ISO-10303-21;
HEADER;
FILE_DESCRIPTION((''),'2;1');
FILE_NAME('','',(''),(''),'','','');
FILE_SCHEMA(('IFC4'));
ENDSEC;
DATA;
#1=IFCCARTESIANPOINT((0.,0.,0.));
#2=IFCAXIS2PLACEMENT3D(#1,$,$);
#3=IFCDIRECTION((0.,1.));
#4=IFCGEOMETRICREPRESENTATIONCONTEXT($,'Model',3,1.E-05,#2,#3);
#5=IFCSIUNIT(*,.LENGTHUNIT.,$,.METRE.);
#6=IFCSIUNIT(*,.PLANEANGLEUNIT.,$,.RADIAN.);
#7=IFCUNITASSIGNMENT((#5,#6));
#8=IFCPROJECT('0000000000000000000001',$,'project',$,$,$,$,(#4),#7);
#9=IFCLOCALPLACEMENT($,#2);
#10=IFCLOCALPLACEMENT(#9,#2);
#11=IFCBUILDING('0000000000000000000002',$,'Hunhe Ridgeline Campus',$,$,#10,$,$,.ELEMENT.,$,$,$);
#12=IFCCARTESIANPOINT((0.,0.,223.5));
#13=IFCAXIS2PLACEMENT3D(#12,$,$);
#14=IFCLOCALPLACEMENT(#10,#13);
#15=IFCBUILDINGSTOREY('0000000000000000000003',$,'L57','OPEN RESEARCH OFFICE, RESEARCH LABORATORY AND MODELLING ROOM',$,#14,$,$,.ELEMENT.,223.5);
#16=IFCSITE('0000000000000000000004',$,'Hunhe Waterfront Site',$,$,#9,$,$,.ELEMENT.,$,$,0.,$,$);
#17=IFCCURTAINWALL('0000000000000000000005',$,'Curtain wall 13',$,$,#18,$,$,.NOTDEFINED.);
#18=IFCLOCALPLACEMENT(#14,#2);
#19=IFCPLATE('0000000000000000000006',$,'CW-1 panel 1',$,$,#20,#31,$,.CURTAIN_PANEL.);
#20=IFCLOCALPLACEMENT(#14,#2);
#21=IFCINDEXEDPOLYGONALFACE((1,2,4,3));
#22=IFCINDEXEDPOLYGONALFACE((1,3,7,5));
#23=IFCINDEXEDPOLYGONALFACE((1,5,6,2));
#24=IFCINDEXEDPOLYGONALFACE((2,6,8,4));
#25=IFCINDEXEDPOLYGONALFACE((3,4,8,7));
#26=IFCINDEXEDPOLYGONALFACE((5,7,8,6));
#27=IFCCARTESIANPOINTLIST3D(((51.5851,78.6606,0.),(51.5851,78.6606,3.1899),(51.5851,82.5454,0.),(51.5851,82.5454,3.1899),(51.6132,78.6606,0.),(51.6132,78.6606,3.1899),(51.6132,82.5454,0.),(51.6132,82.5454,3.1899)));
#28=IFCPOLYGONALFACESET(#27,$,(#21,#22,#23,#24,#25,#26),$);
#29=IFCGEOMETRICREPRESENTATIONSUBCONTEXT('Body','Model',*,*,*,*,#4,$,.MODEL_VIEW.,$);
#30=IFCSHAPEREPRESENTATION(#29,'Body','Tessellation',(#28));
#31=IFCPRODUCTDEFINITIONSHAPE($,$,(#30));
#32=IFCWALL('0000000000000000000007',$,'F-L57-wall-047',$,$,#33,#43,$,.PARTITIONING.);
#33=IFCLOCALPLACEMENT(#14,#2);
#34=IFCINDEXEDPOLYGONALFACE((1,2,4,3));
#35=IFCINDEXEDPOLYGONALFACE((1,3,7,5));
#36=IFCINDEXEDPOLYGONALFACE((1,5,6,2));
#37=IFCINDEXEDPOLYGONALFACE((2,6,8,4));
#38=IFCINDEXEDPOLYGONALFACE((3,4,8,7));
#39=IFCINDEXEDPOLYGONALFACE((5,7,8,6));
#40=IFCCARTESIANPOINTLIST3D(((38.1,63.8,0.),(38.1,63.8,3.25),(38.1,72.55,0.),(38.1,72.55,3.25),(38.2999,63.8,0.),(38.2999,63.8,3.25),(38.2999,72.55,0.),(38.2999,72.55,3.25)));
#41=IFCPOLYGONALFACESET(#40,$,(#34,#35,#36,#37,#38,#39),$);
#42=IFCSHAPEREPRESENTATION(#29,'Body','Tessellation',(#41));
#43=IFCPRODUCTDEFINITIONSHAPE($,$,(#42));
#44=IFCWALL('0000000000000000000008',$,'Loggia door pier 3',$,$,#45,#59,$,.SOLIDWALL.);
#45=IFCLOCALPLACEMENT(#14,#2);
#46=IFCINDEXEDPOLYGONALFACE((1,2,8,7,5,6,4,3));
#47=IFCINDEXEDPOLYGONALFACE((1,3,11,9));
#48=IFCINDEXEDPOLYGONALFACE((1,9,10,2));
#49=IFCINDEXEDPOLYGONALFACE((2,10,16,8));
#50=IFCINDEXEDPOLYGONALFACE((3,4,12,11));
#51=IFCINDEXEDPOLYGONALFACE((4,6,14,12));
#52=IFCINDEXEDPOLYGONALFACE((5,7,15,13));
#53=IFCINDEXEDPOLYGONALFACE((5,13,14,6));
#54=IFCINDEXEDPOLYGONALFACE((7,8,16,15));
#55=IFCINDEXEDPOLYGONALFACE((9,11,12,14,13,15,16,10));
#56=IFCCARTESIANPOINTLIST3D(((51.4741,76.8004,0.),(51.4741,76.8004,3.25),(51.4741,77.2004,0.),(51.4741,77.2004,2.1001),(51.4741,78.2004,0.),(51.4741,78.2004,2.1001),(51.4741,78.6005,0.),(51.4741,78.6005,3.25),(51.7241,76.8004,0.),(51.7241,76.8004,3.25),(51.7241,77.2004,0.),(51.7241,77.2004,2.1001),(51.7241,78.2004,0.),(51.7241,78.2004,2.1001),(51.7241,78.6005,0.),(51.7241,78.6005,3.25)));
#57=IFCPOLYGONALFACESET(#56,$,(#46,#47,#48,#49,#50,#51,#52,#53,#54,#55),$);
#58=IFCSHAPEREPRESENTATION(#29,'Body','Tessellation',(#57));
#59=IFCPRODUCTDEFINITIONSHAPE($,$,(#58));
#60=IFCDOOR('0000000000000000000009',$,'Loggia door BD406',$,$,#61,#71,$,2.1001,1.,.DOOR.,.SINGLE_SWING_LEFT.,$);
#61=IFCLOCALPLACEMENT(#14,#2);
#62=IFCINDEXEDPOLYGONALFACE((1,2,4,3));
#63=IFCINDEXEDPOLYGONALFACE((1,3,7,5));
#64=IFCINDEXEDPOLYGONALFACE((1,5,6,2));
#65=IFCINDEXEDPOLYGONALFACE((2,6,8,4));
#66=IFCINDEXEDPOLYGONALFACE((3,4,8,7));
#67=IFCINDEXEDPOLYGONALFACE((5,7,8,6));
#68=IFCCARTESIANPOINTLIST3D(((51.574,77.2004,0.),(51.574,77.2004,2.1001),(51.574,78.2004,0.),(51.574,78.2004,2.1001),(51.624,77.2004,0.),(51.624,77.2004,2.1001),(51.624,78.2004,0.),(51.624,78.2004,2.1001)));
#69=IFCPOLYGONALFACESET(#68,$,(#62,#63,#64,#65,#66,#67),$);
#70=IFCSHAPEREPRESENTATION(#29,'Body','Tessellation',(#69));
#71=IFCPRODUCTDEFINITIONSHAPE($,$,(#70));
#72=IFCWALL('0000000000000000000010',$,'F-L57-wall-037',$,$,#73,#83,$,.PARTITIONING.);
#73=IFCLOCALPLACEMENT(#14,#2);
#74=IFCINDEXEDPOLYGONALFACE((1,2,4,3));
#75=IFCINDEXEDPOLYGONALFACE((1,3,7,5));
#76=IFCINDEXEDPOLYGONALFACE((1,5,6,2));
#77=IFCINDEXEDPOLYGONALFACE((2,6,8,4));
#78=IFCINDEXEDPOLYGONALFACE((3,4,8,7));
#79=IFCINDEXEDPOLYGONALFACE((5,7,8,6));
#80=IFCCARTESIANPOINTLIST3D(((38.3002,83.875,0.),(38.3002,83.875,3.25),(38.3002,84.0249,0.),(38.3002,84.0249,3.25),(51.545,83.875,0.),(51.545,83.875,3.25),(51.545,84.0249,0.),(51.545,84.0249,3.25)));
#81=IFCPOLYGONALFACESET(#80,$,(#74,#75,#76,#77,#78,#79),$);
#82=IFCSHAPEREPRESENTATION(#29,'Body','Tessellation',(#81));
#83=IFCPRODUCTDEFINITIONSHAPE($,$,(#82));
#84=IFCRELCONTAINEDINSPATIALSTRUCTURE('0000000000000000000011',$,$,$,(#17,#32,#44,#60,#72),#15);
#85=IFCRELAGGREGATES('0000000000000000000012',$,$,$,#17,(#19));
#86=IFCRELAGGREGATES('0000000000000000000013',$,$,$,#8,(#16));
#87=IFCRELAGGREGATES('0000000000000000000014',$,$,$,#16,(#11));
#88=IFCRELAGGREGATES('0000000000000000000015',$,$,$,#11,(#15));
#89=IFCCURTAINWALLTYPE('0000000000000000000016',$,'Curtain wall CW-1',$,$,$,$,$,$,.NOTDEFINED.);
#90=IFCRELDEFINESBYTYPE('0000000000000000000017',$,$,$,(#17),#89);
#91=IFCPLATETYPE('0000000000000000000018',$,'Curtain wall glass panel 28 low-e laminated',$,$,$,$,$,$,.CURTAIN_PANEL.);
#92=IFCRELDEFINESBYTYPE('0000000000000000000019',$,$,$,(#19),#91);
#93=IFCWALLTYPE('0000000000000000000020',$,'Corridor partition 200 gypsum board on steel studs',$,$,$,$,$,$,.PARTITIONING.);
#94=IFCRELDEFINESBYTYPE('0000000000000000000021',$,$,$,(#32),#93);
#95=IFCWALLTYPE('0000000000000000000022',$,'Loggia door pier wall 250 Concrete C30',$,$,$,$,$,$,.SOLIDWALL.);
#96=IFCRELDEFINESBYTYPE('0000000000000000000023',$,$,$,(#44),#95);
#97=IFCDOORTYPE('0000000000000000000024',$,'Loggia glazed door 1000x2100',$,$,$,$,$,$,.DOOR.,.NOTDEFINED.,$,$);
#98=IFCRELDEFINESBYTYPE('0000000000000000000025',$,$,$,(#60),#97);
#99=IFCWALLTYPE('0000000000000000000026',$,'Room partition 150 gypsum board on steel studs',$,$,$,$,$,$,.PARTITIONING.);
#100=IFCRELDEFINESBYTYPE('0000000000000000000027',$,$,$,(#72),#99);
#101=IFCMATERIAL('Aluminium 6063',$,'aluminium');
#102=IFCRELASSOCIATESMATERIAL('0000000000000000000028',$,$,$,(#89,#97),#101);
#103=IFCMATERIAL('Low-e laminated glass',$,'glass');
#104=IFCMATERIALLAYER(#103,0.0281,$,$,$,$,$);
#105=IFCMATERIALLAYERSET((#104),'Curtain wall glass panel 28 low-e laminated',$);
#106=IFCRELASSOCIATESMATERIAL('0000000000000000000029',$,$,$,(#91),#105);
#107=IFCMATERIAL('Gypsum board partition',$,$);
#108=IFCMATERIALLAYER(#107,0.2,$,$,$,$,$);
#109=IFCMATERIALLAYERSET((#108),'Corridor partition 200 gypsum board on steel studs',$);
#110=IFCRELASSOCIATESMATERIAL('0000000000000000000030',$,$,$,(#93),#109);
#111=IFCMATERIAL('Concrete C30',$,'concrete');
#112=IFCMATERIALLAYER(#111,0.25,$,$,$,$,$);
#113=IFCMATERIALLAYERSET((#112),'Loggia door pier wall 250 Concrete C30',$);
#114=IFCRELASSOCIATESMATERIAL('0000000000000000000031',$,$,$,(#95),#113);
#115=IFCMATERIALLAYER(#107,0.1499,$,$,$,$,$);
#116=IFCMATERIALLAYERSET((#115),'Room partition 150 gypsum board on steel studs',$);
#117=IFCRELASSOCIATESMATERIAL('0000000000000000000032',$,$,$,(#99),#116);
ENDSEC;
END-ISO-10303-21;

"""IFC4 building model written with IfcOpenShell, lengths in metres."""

from ifc_helpers import new_model, si_unit, direction, frame, frame_2d, origin, origin_2d, place, context, subcontext, project, spatial, rectangle, extrude, material, layer, layer_set, type_object, element, fill, aggregate, save


model = new_model("IFC4")

# Units and contexts
model_context = context("Model", 3, precision=1e-05, world=origin(), true_north=direction((0.0, 1.0)))
body_context = subcontext(model_context, "Body", "Model", "MODEL_VIEW")
ifc_project = project(units=[si_unit("LENGTHUNIT", "METRE"), si_unit("PLANEANGLEUNIT", "RADIAN")], contexts=[model_context])

# Site, building, storey
site_placement = place(None, origin())
site = spatial("IfcSite", under=ifc_project, at=site_placement, Name="Hunhe Waterfront Site", CompositionType="ELEMENT", RefElevation=0.0)
building_placement = place(site_placement, origin())
building = spatial("IfcBuilding", under=site, at=building_placement, Name="Hunhe Ridgeline Campus", CompositionType="ELEMENT")
storey_placement = place(building_placement, frame((0.0, 0.0, 223.5)))
storey = spatial("IfcBuildingStorey", under=building, at=storey_placement, Name="L57", Description="OPEN RESEARCH OFFICE, RESEARCH LABORATORY AND MODELLING ROOM", CompositionType="ELEMENT", Elevation=223.5)

# Curtain wall
ifc_material_1 = material(Name="Aluminium 6063", Category="aluminium")
curtain_wall_type = type_object("IfcCurtainWallType", Name="Curtain wall CW-1", PredefinedType="NOTDEFINED", material=ifc_material_1)
curtain_wall_1_placement = place(storey_placement, origin())
curtain_wall_1 = element("IfcCurtainWall", 1, at=curtain_wall_1_placement, inside=storey, type_object=curtain_wall_type, Name="Curtain wall 13", PredefinedType="NOTDEFINED")

# Plate
ifc_material_2 = material(Name="Low-e laminated glass", Category="glass")
ifc_layer_1 = layer(ifc_material_2, 0.0281)
ifc_layer_set_1 = layer_set([ifc_layer_1], Name="Curtain wall glass panel 28 low-e laminated")
plate_type = type_object("IfcPlateType", Name="Curtain wall glass panel 28 low-e laminated", PredefinedType="CURTAIN_PANEL", material=ifc_layer_set_1)
plate_1_placement = place(storey_placement, frame((51.5991, 80.603, 0.0), z_axis=(0.0, 0.0, 1.0), x_axis=(0.0, 1.0, 0.0)))
plate_1 = element("IfcPlate", 2, at=plate_1_placement, type_object=plate_type, Name="CW-1 panel 1", PredefinedType="CURTAIN_PANEL", context=body_context, shape_type="SweptSolid", body=[
    extrude(rectangle(XDim=3.8848, YDim=0.0281, at=origin_2d()), origin(), (0.0, 0.0, 1.0), 3.1899),
])
aggregate(curtain_wall_1, [plate_1])

# Shared definitions
ifc_material_3 = material(Name="Gypsum board partition")
ifc_layer_2 = layer(ifc_material_3, 0.2)
ifc_layer_set_2 = layer_set([ifc_layer_2], Name="Corridor partition 200 gypsum board on steel studs")
wall_type_1 = type_object("IfcWallType", Name="Corridor partition 200 gypsum board on steel studs", PredefinedType="PARTITIONING", material=ifc_layer_set_2)

# Wall
wall_1_placement = place(storey_placement, frame((38.2, 72.55, 0.0), z_axis=(0.0, 0.0, 1.0), x_axis=(0.0, -1.0, 0.0)))
element("IfcWall", 3, at=wall_1_placement, inside=storey, type_object=wall_type_1, Name="F-L57-wall-047", PredefinedType="PARTITIONING", context=body_context, shape_type="SweptSolid", body=[
    extrude(rectangle(XDim=8.75, YDim=0.2, at=frame_2d((4.375, 0.0))), origin(), (0.0, 0.0, 1.0), 3.25),
])

# Wall, opening, door
ifc_material_4 = material(Name="Concrete C30", Category="concrete")
ifc_layer_3 = layer(ifc_material_4, 0.25)
ifc_layer_set_3 = layer_set([ifc_layer_3], Name="Loggia door pier wall 250 Concrete C30")
wall_type_2 = type_object("IfcWallType", Name="Loggia door pier wall 250 Concrete C30", PredefinedType="SOLIDWALL", material=ifc_layer_set_3)
wall_2_placement = place(storey_placement, frame((51.5991, 76.8005, 0.0), z_axis=(0.0, 0.0, 1.0), x_axis=(0.0, 1.0, 0.0)))
wall_2 = element("IfcWall", 4, at=wall_2_placement, inside=storey, type_object=wall_type_2, Name="Loggia door pier 3", PredefinedType="SOLIDWALL", context=body_context, shape_type="SweptSolid", body=[
    extrude(rectangle(XDim=1.8, YDim=0.25, at=frame_2d((0.8999, 0.0))), origin(), (0.0, 0.0, 1.0), 3.25),
])
opening_1_placement = place(wall_2_placement, frame((0.3999, 0.0, 0.0)))
opening_1 = element("IfcOpeningElement", 5, at=opening_1_placement, cuts=wall_2, PredefinedType="OPENING", context=body_context, shape_type="SweptSolid", body=[
    extrude(rectangle(XDim=1.0, YDim=2.1001, at=frame_2d((0.5, 1.05))), frame((0.0, 0.125, 0.0), z_axis=(0.0, -1.0, 0.0), x_axis=(1.0, 0.0, 0.0)), (0.0, 0.0, 1.0), 0.25),
])
door_type_1 = type_object("IfcDoorType", Name="Loggia glazed door 1000x2100", OperationType="NOTDEFINED", PredefinedType="DOOR", material=ifc_material_1)
door_1_placement = place(opening_1_placement, frame((1.0, 0.0, 0.0), z_axis=(0.0, 0.0, 1.0), x_axis=(-1.0, 0.0, 0.0)))
door_1 = element("IfcDoor", 6, at=door_1_placement, inside=storey, type_object=door_type_1, Name="Loggia door BD406", OperationType="SINGLE_SWING_LEFT", OverallHeight=2.1001, OverallWidth=1.0, PredefinedType="DOOR", context=body_context, shape_type="SweptSolid", body=[
    extrude(rectangle(XDim=1.0, YDim=2.1001, at=frame_2d((0.5, 1.05))), frame((0.0, 0.0249, 0.0), z_axis=(0.0, -1.0, 0.0), x_axis=(1.0, 0.0, 0.0)), (0.0, 0.0, 1.0), 0.05),
])
fill(opening_1, door_1)

# Wall
ifc_layer_4 = layer(ifc_material_3, 0.1499)
ifc_layer_set_4 = layer_set([ifc_layer_4], Name="Room partition 150 gypsum board on steel studs")
wall_type_3 = type_object("IfcWallType", Name="Room partition 150 gypsum board on steel studs", PredefinedType="PARTITIONING", material=ifc_layer_set_4)
wall_3_placement = place(storey_placement, frame((38.3, 83.95, 0.0), z_axis=(0.0, 0.0, 1.0), x_axis=(1.0, 0.0, 0.0)))
element("IfcWall", 7, at=wall_3_placement, inside=storey, type_object=wall_type_3, Name="F-L57-wall-037", PredefinedType="PARTITIONING", context=body_context, shape_type="SweptSolid", body=[
    extrude(rectangle(XDim=13.2449, YDim=0.1499, at=frame_2d((6.6226, 0.0))), origin(), (0.0, 0.0, 1.0), 3.25),
])

save(model, "model.ifc")
